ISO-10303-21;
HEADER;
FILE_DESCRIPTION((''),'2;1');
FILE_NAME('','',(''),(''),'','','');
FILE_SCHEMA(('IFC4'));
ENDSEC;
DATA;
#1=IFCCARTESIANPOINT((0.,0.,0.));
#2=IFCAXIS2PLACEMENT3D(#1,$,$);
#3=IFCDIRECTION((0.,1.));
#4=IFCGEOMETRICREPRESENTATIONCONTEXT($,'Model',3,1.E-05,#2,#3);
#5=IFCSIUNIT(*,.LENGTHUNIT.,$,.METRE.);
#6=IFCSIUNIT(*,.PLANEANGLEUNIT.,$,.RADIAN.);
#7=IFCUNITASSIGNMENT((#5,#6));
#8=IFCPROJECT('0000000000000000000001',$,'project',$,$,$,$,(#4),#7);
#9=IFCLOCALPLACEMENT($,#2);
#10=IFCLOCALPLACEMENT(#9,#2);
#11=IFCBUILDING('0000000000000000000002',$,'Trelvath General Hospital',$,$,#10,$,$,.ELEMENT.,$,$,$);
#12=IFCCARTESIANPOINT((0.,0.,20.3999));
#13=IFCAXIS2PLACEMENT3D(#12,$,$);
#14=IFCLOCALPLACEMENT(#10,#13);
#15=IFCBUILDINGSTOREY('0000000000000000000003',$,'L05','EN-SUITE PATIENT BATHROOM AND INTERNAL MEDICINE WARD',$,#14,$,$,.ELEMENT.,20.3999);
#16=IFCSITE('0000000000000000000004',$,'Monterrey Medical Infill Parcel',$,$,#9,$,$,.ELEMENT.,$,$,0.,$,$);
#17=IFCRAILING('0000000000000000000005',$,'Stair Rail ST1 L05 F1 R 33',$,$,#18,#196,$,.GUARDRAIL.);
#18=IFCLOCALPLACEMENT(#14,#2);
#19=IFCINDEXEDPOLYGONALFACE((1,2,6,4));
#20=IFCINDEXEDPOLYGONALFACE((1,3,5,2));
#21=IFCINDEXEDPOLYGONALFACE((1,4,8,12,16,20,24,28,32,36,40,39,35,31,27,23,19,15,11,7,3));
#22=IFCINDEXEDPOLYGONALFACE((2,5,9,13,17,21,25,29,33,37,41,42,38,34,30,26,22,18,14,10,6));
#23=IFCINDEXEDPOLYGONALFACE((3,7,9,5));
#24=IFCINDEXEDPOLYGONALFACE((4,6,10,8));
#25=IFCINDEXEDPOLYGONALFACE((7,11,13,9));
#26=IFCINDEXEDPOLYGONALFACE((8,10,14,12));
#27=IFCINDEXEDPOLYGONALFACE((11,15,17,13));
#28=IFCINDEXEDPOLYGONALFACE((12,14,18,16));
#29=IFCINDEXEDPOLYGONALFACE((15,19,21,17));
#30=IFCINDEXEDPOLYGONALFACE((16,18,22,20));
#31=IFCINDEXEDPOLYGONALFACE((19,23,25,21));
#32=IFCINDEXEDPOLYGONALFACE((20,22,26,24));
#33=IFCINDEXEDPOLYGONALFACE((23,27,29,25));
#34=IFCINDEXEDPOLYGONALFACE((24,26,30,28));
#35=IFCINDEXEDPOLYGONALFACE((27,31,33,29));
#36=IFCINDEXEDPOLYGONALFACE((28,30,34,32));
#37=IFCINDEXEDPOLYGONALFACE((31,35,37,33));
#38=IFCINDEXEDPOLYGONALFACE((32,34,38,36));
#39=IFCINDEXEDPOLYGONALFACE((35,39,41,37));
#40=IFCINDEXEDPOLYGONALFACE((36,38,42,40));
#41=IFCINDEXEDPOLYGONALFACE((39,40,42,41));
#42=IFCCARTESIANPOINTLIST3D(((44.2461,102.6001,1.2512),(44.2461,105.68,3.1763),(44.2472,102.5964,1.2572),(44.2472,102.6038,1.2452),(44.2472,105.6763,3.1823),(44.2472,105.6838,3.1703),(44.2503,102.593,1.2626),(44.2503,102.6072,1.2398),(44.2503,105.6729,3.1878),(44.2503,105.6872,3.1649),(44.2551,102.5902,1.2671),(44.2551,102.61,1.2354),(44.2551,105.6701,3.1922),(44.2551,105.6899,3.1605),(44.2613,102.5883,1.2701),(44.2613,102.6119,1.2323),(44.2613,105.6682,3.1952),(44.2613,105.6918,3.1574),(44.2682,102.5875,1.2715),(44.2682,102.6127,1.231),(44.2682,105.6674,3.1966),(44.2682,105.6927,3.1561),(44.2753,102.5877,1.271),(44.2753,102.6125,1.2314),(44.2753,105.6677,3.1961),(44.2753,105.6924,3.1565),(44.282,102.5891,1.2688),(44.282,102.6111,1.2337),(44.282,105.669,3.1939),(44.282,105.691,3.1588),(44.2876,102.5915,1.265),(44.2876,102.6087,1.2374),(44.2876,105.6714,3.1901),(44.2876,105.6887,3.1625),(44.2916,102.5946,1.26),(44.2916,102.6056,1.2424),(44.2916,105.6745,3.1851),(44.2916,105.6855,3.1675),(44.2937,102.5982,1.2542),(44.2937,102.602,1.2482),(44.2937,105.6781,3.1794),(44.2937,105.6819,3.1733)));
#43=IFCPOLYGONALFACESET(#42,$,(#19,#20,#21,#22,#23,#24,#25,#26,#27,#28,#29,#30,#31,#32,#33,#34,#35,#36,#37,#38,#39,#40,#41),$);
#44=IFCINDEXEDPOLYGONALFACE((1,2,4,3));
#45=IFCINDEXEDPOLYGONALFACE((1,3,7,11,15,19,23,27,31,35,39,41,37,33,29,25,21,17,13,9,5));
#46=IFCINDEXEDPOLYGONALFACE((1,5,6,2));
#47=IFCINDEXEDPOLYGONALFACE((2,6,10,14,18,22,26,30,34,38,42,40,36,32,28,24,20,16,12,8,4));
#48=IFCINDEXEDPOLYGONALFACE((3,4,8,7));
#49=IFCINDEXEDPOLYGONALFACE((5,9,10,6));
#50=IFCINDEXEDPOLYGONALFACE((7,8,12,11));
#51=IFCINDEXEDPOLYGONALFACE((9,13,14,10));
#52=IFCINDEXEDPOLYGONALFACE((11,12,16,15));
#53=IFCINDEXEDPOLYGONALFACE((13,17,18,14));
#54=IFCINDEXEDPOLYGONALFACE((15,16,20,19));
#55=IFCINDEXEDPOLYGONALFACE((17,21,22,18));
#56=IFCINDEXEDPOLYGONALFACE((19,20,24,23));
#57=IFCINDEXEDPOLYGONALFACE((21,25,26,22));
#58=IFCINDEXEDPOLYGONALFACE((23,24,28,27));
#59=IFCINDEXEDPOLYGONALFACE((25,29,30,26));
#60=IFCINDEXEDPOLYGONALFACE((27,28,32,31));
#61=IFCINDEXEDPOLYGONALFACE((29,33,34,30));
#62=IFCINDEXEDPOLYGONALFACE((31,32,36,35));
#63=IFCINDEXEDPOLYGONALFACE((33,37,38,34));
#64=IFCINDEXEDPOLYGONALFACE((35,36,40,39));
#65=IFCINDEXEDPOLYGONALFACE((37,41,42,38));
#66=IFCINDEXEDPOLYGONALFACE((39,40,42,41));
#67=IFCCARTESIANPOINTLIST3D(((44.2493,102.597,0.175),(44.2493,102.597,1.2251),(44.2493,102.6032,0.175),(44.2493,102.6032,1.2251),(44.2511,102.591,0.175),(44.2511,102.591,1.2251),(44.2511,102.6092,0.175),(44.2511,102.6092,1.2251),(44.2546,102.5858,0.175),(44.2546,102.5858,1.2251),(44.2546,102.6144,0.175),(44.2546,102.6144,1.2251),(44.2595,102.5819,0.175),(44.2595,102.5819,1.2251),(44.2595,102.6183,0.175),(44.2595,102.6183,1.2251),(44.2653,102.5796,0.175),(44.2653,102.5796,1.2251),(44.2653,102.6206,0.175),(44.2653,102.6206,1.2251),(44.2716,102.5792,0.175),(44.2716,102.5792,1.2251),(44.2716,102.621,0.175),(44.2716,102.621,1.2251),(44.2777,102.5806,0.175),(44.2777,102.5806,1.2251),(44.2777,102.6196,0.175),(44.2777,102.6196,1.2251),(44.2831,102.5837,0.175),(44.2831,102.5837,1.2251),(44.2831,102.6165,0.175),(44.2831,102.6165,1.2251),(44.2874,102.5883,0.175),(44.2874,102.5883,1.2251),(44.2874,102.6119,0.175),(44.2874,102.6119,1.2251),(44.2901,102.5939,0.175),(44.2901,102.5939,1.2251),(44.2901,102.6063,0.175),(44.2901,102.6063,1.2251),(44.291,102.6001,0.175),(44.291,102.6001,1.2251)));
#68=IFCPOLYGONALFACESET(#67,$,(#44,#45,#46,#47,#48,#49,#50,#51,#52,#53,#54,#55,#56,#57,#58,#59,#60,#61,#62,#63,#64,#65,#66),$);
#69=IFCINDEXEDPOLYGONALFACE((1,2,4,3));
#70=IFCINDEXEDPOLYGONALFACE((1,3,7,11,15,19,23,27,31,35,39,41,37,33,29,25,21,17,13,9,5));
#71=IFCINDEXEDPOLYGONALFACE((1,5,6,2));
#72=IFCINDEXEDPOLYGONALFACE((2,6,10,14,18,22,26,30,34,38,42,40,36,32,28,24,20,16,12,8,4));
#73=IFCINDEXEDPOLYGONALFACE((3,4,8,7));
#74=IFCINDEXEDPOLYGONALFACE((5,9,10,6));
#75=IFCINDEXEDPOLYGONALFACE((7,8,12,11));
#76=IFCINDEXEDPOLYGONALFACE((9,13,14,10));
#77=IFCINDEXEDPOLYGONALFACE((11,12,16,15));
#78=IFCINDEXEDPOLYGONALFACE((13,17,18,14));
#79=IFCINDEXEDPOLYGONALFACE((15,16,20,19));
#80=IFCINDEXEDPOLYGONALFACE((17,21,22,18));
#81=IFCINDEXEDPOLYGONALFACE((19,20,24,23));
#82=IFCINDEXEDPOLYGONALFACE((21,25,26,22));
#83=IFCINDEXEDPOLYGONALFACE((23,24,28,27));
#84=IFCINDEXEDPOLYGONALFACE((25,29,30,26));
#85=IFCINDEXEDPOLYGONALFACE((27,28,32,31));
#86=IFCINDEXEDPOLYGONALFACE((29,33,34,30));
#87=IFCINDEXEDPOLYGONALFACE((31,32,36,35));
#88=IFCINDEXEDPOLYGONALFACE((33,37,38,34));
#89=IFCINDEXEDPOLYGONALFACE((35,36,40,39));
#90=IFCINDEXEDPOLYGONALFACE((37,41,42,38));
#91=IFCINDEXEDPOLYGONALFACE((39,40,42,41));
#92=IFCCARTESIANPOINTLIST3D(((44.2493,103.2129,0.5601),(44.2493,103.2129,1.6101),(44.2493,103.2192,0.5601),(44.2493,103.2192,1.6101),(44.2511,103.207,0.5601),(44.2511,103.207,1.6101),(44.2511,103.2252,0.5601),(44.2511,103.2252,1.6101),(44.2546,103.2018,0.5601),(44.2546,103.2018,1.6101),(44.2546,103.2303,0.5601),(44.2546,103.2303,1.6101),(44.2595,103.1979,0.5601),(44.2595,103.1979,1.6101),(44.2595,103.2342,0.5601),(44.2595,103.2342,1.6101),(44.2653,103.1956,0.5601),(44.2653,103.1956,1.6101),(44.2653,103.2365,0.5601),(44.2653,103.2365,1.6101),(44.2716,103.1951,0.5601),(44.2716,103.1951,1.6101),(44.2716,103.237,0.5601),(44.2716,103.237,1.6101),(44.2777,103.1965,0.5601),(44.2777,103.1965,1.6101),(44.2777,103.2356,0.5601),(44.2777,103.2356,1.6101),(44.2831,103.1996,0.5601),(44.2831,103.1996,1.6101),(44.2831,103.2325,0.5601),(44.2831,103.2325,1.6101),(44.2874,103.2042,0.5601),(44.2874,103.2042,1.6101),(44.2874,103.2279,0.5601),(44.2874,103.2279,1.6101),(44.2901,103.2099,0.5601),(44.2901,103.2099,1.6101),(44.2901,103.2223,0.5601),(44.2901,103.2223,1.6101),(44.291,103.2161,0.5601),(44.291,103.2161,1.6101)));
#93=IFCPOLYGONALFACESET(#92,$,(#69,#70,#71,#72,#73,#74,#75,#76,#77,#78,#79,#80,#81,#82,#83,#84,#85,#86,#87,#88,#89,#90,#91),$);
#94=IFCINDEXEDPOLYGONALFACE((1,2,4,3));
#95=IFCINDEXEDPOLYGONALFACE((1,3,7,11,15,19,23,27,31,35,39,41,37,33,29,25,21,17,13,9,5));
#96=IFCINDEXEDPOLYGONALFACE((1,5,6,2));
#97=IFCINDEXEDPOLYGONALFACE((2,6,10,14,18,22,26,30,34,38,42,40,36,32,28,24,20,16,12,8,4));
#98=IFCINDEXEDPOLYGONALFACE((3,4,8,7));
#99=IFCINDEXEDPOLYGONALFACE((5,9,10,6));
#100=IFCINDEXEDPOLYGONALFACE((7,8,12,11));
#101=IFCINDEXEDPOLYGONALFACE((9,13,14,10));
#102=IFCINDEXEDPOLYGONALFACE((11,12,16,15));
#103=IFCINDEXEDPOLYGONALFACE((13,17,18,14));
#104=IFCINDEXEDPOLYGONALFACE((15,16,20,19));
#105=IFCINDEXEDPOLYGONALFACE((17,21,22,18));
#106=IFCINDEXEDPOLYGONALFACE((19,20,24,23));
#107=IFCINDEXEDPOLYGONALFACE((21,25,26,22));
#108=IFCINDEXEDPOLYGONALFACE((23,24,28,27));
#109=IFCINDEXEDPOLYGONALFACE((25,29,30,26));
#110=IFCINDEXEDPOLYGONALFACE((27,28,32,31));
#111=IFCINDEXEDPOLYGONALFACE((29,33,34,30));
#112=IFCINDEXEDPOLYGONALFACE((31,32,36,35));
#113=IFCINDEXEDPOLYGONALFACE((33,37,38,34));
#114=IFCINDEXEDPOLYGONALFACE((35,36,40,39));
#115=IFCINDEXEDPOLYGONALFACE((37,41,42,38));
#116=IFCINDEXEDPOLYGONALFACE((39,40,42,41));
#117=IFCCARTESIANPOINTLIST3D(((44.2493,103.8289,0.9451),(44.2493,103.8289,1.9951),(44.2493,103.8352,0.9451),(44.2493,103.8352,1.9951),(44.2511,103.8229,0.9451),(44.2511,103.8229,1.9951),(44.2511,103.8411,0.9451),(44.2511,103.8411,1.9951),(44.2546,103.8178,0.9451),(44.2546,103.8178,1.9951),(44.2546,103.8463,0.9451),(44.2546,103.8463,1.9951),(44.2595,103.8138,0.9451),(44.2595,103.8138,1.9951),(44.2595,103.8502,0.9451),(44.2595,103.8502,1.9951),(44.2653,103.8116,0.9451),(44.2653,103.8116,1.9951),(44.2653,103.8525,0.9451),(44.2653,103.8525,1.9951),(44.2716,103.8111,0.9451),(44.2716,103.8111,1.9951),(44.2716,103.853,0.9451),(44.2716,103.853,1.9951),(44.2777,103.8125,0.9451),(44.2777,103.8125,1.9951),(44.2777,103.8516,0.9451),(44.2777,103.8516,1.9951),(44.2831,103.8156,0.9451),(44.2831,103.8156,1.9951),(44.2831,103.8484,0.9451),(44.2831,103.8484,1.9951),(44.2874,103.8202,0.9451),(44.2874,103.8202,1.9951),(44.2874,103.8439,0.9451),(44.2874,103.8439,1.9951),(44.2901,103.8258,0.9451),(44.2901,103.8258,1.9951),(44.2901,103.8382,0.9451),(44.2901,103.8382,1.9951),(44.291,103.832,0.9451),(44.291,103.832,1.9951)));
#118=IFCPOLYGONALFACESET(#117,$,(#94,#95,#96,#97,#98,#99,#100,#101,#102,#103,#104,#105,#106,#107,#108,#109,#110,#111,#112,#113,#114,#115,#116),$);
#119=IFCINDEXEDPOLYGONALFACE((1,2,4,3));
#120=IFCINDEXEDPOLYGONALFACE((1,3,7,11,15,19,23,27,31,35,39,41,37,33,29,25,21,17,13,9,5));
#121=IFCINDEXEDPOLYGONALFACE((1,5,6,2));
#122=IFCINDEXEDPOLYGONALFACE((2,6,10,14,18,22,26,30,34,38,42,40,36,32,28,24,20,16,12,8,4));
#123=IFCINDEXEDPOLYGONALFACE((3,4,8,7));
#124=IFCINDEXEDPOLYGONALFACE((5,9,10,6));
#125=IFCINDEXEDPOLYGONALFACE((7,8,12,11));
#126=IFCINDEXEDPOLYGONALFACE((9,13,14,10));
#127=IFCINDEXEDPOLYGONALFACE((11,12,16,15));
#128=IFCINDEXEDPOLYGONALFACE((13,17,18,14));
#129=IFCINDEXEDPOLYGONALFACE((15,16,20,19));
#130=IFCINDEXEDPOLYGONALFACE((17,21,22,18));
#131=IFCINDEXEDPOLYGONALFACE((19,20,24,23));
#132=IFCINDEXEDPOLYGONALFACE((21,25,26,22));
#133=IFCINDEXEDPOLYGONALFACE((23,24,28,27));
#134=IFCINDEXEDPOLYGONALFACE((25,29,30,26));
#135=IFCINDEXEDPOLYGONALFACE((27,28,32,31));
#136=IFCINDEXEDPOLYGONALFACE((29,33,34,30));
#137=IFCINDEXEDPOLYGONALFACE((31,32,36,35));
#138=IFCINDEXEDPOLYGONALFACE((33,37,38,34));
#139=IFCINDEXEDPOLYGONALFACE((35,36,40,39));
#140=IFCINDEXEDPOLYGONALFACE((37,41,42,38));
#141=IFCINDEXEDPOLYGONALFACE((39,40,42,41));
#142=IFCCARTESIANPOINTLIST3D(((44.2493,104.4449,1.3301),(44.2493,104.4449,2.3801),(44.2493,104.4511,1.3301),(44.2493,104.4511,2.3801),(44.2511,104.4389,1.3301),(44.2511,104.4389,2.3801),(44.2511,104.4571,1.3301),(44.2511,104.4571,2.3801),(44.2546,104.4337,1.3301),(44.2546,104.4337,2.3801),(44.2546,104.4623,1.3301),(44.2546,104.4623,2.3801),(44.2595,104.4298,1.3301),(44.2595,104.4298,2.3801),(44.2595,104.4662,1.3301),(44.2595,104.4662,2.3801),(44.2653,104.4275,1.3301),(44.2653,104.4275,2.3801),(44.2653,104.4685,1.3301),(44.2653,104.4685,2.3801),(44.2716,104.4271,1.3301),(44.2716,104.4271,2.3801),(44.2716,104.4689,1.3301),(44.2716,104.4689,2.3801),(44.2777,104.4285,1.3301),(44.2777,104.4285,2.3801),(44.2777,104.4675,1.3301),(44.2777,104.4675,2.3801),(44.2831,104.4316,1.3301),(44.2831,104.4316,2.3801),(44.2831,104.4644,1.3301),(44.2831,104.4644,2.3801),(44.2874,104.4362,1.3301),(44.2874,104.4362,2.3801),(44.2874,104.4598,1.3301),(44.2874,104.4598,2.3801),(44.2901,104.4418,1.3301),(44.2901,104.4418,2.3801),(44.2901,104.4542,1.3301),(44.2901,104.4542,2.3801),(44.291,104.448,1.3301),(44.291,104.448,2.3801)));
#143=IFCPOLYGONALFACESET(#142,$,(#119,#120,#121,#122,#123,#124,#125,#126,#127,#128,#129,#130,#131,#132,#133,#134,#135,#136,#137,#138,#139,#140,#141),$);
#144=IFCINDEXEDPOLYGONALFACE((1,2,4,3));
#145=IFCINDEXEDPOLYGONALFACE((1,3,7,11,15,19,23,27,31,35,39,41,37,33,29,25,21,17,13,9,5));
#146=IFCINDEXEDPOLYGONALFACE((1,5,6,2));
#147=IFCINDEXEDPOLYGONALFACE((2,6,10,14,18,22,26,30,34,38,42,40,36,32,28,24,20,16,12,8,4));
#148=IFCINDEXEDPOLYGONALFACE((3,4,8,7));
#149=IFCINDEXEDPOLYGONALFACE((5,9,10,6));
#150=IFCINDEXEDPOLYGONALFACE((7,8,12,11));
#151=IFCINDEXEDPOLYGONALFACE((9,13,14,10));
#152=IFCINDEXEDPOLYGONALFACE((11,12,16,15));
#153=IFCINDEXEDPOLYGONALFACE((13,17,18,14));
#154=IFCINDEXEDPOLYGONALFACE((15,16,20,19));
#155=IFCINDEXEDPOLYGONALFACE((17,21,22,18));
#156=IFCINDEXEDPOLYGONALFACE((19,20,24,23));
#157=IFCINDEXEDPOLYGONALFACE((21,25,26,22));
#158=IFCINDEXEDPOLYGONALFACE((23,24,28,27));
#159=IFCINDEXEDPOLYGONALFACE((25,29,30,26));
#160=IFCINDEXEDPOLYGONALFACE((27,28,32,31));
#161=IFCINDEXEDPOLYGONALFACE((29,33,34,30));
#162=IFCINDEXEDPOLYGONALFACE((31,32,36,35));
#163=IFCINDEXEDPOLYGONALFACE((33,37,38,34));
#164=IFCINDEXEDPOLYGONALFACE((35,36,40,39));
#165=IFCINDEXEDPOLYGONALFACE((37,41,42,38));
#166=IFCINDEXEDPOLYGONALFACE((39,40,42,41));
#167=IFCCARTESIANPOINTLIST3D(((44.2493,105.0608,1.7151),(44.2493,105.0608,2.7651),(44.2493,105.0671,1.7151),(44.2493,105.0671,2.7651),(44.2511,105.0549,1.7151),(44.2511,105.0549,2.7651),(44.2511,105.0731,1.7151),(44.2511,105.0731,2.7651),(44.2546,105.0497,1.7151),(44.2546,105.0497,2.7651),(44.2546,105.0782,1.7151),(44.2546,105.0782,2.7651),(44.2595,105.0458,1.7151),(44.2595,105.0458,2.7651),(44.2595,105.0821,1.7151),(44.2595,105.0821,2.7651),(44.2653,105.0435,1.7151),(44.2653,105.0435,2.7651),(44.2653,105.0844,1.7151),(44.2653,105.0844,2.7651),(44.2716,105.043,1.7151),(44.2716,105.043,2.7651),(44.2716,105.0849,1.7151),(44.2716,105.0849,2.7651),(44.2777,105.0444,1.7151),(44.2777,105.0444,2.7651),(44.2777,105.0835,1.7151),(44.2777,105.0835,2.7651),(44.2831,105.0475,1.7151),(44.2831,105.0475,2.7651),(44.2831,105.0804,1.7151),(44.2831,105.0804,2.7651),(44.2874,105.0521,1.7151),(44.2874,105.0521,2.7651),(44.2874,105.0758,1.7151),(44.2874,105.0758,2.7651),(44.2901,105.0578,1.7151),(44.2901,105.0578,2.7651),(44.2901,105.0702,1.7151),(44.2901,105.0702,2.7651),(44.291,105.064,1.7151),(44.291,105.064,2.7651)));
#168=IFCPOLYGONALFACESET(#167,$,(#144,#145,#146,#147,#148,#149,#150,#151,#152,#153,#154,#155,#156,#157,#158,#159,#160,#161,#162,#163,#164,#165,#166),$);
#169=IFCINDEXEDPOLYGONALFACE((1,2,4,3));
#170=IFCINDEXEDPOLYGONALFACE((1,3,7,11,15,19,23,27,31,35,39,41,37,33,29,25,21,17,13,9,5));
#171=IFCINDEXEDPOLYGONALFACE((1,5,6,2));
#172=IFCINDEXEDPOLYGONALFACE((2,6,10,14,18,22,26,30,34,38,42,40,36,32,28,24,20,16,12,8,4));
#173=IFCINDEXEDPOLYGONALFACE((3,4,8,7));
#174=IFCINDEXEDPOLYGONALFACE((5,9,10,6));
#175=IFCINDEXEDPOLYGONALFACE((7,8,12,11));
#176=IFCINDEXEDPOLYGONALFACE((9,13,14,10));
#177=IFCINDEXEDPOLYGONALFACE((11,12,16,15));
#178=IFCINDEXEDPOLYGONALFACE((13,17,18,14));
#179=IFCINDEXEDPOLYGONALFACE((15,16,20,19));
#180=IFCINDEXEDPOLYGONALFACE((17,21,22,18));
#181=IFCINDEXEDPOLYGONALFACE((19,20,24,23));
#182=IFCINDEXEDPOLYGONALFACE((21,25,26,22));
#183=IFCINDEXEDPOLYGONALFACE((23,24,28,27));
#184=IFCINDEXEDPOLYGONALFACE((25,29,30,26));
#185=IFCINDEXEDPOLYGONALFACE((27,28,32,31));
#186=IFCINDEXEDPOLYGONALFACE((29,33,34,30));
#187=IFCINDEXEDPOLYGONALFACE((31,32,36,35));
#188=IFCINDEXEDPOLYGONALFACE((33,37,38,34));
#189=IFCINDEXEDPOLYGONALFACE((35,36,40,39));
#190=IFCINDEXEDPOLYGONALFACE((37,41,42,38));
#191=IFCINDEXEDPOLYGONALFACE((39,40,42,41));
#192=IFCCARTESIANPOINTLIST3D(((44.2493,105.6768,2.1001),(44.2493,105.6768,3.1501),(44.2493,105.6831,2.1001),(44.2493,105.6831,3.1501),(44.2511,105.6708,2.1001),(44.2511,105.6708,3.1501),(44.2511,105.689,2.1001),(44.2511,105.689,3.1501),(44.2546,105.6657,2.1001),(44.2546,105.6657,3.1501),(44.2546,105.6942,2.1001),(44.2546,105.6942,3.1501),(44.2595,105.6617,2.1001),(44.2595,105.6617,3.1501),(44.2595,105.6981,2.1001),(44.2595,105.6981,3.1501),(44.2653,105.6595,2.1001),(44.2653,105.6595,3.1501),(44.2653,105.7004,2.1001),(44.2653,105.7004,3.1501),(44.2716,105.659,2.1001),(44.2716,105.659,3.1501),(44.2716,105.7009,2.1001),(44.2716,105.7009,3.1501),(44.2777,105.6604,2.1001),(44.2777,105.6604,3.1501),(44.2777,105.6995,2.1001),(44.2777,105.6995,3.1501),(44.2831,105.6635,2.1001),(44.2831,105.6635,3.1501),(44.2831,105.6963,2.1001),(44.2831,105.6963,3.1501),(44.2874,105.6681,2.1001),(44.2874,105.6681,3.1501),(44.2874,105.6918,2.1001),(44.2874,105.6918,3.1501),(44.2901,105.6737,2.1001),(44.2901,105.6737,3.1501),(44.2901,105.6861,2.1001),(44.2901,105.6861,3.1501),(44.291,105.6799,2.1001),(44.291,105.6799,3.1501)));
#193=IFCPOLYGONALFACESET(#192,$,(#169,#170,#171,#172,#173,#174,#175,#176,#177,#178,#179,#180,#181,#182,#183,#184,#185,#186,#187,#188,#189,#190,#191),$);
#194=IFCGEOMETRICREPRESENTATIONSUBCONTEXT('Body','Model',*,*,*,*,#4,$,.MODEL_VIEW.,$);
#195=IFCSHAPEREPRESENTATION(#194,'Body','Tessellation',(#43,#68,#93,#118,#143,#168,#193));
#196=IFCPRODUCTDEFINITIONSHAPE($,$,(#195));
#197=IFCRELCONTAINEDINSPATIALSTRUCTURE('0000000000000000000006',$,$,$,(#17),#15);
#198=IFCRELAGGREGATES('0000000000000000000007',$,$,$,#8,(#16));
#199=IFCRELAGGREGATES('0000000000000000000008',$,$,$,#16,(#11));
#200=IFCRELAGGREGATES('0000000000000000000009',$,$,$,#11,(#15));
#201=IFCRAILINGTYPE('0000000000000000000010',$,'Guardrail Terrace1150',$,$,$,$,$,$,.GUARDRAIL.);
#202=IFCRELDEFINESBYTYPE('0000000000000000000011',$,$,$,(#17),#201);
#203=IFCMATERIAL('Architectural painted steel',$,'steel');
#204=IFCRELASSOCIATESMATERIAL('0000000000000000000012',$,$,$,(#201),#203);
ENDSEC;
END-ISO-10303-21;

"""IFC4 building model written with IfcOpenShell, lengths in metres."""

from ifc_helpers import new_model, si_unit, direction, frame, origin, origin_2d, place, context, subcontext, project, spatial, circle, extrude, material, type_object, element, save


model = new_model("IFC4")

# Units and contexts
model_context = context("Model", 3, precision=1e-05, world=origin(), true_north=direction((0.0, 1.0)))
body_context = subcontext(model_context, "Body", "Model", "MODEL_VIEW")
ifc_project = project(units=[si_unit("LENGTHUNIT", "METRE"), si_unit("PLANEANGLEUNIT", "RADIAN")], contexts=[model_context])

# Site, building, storey
site_placement = place(None, origin())
site = spatial("IfcSite", under=ifc_project, at=site_placement, Name="Monterrey Medical Infill Parcel", CompositionType="ELEMENT", RefElevation=0.0)
building_placement = place(site_placement, origin())
building = spatial("IfcBuilding", under=site, at=building_placement, Name="Trelvath General Hospital", CompositionType="ELEMENT")
storey_placement = place(building_placement, frame((0.0, 0.0, 20.3999)))
storey = spatial("IfcBuildingStorey", under=building, at=storey_placement, Name="L05", Description="EN-SUITE PATIENT BATHROOM AND INTERNAL MEDICINE WARD", CompositionType="ELEMENT", Elevation=20.3999)

# Railing
ifc_material_1 = material(Name="Architectural painted steel", Category="steel")
railing_type = type_object("IfcRailingType", Name="Guardrail Terrace1150", PredefinedType="GUARDRAIL", material=ifc_material_1)
railing_1_placement = place(storey_placement, frame((44.27, 102.6001, 0.175)))
element("IfcRailing", 1, at=railing_1_placement, inside=storey, type_object=railing_type, Name="Stair Rail ST1 L05 F1 R 33", PredefinedType="GUARDRAIL", context=body_context, shape_type="SweptSolid", body=[
    extrude(circle(Radius=0.0239, at=origin_2d()), frame((0.0, 0.0, 1.0762), z_axis=(0.0, 0.847979, 0.530029), x_axis=(-1.0, 0.0, 0.0)), (0.0, 0.0, 1.0), 3.6321),
    extrude(circle(Radius=0.021, at=origin_2d()), origin(), (0.0, 0.0, 1.0), 1.05),
    extrude(circle(Radius=0.021, at=origin_2d()), frame((0.0, 0.616, 0.385)), (0.0, 0.0, 1.0), 1.05),
    extrude(circle(Radius=0.021, at=origin_2d()), frame((0.0, 1.2319, 0.77)), (0.0, 0.0, 1.0), 1.05),
    extrude(circle(Radius=0.021, at=origin_2d()), frame((0.0, 1.8479, 1.155)), (0.0, 0.0, 1.0), 1.05),
    extrude(circle(Radius=0.021, at=origin_2d()), frame((0.0, 2.4639, 1.54)), (0.0, 0.0, 1.0), 1.05),
    extrude(circle(Radius=0.021, at=origin_2d()), frame((0.0, 3.0798, 1.925)), (0.0, 0.0, 1.0), 1.05),
])

save(model, "model.ifc")
